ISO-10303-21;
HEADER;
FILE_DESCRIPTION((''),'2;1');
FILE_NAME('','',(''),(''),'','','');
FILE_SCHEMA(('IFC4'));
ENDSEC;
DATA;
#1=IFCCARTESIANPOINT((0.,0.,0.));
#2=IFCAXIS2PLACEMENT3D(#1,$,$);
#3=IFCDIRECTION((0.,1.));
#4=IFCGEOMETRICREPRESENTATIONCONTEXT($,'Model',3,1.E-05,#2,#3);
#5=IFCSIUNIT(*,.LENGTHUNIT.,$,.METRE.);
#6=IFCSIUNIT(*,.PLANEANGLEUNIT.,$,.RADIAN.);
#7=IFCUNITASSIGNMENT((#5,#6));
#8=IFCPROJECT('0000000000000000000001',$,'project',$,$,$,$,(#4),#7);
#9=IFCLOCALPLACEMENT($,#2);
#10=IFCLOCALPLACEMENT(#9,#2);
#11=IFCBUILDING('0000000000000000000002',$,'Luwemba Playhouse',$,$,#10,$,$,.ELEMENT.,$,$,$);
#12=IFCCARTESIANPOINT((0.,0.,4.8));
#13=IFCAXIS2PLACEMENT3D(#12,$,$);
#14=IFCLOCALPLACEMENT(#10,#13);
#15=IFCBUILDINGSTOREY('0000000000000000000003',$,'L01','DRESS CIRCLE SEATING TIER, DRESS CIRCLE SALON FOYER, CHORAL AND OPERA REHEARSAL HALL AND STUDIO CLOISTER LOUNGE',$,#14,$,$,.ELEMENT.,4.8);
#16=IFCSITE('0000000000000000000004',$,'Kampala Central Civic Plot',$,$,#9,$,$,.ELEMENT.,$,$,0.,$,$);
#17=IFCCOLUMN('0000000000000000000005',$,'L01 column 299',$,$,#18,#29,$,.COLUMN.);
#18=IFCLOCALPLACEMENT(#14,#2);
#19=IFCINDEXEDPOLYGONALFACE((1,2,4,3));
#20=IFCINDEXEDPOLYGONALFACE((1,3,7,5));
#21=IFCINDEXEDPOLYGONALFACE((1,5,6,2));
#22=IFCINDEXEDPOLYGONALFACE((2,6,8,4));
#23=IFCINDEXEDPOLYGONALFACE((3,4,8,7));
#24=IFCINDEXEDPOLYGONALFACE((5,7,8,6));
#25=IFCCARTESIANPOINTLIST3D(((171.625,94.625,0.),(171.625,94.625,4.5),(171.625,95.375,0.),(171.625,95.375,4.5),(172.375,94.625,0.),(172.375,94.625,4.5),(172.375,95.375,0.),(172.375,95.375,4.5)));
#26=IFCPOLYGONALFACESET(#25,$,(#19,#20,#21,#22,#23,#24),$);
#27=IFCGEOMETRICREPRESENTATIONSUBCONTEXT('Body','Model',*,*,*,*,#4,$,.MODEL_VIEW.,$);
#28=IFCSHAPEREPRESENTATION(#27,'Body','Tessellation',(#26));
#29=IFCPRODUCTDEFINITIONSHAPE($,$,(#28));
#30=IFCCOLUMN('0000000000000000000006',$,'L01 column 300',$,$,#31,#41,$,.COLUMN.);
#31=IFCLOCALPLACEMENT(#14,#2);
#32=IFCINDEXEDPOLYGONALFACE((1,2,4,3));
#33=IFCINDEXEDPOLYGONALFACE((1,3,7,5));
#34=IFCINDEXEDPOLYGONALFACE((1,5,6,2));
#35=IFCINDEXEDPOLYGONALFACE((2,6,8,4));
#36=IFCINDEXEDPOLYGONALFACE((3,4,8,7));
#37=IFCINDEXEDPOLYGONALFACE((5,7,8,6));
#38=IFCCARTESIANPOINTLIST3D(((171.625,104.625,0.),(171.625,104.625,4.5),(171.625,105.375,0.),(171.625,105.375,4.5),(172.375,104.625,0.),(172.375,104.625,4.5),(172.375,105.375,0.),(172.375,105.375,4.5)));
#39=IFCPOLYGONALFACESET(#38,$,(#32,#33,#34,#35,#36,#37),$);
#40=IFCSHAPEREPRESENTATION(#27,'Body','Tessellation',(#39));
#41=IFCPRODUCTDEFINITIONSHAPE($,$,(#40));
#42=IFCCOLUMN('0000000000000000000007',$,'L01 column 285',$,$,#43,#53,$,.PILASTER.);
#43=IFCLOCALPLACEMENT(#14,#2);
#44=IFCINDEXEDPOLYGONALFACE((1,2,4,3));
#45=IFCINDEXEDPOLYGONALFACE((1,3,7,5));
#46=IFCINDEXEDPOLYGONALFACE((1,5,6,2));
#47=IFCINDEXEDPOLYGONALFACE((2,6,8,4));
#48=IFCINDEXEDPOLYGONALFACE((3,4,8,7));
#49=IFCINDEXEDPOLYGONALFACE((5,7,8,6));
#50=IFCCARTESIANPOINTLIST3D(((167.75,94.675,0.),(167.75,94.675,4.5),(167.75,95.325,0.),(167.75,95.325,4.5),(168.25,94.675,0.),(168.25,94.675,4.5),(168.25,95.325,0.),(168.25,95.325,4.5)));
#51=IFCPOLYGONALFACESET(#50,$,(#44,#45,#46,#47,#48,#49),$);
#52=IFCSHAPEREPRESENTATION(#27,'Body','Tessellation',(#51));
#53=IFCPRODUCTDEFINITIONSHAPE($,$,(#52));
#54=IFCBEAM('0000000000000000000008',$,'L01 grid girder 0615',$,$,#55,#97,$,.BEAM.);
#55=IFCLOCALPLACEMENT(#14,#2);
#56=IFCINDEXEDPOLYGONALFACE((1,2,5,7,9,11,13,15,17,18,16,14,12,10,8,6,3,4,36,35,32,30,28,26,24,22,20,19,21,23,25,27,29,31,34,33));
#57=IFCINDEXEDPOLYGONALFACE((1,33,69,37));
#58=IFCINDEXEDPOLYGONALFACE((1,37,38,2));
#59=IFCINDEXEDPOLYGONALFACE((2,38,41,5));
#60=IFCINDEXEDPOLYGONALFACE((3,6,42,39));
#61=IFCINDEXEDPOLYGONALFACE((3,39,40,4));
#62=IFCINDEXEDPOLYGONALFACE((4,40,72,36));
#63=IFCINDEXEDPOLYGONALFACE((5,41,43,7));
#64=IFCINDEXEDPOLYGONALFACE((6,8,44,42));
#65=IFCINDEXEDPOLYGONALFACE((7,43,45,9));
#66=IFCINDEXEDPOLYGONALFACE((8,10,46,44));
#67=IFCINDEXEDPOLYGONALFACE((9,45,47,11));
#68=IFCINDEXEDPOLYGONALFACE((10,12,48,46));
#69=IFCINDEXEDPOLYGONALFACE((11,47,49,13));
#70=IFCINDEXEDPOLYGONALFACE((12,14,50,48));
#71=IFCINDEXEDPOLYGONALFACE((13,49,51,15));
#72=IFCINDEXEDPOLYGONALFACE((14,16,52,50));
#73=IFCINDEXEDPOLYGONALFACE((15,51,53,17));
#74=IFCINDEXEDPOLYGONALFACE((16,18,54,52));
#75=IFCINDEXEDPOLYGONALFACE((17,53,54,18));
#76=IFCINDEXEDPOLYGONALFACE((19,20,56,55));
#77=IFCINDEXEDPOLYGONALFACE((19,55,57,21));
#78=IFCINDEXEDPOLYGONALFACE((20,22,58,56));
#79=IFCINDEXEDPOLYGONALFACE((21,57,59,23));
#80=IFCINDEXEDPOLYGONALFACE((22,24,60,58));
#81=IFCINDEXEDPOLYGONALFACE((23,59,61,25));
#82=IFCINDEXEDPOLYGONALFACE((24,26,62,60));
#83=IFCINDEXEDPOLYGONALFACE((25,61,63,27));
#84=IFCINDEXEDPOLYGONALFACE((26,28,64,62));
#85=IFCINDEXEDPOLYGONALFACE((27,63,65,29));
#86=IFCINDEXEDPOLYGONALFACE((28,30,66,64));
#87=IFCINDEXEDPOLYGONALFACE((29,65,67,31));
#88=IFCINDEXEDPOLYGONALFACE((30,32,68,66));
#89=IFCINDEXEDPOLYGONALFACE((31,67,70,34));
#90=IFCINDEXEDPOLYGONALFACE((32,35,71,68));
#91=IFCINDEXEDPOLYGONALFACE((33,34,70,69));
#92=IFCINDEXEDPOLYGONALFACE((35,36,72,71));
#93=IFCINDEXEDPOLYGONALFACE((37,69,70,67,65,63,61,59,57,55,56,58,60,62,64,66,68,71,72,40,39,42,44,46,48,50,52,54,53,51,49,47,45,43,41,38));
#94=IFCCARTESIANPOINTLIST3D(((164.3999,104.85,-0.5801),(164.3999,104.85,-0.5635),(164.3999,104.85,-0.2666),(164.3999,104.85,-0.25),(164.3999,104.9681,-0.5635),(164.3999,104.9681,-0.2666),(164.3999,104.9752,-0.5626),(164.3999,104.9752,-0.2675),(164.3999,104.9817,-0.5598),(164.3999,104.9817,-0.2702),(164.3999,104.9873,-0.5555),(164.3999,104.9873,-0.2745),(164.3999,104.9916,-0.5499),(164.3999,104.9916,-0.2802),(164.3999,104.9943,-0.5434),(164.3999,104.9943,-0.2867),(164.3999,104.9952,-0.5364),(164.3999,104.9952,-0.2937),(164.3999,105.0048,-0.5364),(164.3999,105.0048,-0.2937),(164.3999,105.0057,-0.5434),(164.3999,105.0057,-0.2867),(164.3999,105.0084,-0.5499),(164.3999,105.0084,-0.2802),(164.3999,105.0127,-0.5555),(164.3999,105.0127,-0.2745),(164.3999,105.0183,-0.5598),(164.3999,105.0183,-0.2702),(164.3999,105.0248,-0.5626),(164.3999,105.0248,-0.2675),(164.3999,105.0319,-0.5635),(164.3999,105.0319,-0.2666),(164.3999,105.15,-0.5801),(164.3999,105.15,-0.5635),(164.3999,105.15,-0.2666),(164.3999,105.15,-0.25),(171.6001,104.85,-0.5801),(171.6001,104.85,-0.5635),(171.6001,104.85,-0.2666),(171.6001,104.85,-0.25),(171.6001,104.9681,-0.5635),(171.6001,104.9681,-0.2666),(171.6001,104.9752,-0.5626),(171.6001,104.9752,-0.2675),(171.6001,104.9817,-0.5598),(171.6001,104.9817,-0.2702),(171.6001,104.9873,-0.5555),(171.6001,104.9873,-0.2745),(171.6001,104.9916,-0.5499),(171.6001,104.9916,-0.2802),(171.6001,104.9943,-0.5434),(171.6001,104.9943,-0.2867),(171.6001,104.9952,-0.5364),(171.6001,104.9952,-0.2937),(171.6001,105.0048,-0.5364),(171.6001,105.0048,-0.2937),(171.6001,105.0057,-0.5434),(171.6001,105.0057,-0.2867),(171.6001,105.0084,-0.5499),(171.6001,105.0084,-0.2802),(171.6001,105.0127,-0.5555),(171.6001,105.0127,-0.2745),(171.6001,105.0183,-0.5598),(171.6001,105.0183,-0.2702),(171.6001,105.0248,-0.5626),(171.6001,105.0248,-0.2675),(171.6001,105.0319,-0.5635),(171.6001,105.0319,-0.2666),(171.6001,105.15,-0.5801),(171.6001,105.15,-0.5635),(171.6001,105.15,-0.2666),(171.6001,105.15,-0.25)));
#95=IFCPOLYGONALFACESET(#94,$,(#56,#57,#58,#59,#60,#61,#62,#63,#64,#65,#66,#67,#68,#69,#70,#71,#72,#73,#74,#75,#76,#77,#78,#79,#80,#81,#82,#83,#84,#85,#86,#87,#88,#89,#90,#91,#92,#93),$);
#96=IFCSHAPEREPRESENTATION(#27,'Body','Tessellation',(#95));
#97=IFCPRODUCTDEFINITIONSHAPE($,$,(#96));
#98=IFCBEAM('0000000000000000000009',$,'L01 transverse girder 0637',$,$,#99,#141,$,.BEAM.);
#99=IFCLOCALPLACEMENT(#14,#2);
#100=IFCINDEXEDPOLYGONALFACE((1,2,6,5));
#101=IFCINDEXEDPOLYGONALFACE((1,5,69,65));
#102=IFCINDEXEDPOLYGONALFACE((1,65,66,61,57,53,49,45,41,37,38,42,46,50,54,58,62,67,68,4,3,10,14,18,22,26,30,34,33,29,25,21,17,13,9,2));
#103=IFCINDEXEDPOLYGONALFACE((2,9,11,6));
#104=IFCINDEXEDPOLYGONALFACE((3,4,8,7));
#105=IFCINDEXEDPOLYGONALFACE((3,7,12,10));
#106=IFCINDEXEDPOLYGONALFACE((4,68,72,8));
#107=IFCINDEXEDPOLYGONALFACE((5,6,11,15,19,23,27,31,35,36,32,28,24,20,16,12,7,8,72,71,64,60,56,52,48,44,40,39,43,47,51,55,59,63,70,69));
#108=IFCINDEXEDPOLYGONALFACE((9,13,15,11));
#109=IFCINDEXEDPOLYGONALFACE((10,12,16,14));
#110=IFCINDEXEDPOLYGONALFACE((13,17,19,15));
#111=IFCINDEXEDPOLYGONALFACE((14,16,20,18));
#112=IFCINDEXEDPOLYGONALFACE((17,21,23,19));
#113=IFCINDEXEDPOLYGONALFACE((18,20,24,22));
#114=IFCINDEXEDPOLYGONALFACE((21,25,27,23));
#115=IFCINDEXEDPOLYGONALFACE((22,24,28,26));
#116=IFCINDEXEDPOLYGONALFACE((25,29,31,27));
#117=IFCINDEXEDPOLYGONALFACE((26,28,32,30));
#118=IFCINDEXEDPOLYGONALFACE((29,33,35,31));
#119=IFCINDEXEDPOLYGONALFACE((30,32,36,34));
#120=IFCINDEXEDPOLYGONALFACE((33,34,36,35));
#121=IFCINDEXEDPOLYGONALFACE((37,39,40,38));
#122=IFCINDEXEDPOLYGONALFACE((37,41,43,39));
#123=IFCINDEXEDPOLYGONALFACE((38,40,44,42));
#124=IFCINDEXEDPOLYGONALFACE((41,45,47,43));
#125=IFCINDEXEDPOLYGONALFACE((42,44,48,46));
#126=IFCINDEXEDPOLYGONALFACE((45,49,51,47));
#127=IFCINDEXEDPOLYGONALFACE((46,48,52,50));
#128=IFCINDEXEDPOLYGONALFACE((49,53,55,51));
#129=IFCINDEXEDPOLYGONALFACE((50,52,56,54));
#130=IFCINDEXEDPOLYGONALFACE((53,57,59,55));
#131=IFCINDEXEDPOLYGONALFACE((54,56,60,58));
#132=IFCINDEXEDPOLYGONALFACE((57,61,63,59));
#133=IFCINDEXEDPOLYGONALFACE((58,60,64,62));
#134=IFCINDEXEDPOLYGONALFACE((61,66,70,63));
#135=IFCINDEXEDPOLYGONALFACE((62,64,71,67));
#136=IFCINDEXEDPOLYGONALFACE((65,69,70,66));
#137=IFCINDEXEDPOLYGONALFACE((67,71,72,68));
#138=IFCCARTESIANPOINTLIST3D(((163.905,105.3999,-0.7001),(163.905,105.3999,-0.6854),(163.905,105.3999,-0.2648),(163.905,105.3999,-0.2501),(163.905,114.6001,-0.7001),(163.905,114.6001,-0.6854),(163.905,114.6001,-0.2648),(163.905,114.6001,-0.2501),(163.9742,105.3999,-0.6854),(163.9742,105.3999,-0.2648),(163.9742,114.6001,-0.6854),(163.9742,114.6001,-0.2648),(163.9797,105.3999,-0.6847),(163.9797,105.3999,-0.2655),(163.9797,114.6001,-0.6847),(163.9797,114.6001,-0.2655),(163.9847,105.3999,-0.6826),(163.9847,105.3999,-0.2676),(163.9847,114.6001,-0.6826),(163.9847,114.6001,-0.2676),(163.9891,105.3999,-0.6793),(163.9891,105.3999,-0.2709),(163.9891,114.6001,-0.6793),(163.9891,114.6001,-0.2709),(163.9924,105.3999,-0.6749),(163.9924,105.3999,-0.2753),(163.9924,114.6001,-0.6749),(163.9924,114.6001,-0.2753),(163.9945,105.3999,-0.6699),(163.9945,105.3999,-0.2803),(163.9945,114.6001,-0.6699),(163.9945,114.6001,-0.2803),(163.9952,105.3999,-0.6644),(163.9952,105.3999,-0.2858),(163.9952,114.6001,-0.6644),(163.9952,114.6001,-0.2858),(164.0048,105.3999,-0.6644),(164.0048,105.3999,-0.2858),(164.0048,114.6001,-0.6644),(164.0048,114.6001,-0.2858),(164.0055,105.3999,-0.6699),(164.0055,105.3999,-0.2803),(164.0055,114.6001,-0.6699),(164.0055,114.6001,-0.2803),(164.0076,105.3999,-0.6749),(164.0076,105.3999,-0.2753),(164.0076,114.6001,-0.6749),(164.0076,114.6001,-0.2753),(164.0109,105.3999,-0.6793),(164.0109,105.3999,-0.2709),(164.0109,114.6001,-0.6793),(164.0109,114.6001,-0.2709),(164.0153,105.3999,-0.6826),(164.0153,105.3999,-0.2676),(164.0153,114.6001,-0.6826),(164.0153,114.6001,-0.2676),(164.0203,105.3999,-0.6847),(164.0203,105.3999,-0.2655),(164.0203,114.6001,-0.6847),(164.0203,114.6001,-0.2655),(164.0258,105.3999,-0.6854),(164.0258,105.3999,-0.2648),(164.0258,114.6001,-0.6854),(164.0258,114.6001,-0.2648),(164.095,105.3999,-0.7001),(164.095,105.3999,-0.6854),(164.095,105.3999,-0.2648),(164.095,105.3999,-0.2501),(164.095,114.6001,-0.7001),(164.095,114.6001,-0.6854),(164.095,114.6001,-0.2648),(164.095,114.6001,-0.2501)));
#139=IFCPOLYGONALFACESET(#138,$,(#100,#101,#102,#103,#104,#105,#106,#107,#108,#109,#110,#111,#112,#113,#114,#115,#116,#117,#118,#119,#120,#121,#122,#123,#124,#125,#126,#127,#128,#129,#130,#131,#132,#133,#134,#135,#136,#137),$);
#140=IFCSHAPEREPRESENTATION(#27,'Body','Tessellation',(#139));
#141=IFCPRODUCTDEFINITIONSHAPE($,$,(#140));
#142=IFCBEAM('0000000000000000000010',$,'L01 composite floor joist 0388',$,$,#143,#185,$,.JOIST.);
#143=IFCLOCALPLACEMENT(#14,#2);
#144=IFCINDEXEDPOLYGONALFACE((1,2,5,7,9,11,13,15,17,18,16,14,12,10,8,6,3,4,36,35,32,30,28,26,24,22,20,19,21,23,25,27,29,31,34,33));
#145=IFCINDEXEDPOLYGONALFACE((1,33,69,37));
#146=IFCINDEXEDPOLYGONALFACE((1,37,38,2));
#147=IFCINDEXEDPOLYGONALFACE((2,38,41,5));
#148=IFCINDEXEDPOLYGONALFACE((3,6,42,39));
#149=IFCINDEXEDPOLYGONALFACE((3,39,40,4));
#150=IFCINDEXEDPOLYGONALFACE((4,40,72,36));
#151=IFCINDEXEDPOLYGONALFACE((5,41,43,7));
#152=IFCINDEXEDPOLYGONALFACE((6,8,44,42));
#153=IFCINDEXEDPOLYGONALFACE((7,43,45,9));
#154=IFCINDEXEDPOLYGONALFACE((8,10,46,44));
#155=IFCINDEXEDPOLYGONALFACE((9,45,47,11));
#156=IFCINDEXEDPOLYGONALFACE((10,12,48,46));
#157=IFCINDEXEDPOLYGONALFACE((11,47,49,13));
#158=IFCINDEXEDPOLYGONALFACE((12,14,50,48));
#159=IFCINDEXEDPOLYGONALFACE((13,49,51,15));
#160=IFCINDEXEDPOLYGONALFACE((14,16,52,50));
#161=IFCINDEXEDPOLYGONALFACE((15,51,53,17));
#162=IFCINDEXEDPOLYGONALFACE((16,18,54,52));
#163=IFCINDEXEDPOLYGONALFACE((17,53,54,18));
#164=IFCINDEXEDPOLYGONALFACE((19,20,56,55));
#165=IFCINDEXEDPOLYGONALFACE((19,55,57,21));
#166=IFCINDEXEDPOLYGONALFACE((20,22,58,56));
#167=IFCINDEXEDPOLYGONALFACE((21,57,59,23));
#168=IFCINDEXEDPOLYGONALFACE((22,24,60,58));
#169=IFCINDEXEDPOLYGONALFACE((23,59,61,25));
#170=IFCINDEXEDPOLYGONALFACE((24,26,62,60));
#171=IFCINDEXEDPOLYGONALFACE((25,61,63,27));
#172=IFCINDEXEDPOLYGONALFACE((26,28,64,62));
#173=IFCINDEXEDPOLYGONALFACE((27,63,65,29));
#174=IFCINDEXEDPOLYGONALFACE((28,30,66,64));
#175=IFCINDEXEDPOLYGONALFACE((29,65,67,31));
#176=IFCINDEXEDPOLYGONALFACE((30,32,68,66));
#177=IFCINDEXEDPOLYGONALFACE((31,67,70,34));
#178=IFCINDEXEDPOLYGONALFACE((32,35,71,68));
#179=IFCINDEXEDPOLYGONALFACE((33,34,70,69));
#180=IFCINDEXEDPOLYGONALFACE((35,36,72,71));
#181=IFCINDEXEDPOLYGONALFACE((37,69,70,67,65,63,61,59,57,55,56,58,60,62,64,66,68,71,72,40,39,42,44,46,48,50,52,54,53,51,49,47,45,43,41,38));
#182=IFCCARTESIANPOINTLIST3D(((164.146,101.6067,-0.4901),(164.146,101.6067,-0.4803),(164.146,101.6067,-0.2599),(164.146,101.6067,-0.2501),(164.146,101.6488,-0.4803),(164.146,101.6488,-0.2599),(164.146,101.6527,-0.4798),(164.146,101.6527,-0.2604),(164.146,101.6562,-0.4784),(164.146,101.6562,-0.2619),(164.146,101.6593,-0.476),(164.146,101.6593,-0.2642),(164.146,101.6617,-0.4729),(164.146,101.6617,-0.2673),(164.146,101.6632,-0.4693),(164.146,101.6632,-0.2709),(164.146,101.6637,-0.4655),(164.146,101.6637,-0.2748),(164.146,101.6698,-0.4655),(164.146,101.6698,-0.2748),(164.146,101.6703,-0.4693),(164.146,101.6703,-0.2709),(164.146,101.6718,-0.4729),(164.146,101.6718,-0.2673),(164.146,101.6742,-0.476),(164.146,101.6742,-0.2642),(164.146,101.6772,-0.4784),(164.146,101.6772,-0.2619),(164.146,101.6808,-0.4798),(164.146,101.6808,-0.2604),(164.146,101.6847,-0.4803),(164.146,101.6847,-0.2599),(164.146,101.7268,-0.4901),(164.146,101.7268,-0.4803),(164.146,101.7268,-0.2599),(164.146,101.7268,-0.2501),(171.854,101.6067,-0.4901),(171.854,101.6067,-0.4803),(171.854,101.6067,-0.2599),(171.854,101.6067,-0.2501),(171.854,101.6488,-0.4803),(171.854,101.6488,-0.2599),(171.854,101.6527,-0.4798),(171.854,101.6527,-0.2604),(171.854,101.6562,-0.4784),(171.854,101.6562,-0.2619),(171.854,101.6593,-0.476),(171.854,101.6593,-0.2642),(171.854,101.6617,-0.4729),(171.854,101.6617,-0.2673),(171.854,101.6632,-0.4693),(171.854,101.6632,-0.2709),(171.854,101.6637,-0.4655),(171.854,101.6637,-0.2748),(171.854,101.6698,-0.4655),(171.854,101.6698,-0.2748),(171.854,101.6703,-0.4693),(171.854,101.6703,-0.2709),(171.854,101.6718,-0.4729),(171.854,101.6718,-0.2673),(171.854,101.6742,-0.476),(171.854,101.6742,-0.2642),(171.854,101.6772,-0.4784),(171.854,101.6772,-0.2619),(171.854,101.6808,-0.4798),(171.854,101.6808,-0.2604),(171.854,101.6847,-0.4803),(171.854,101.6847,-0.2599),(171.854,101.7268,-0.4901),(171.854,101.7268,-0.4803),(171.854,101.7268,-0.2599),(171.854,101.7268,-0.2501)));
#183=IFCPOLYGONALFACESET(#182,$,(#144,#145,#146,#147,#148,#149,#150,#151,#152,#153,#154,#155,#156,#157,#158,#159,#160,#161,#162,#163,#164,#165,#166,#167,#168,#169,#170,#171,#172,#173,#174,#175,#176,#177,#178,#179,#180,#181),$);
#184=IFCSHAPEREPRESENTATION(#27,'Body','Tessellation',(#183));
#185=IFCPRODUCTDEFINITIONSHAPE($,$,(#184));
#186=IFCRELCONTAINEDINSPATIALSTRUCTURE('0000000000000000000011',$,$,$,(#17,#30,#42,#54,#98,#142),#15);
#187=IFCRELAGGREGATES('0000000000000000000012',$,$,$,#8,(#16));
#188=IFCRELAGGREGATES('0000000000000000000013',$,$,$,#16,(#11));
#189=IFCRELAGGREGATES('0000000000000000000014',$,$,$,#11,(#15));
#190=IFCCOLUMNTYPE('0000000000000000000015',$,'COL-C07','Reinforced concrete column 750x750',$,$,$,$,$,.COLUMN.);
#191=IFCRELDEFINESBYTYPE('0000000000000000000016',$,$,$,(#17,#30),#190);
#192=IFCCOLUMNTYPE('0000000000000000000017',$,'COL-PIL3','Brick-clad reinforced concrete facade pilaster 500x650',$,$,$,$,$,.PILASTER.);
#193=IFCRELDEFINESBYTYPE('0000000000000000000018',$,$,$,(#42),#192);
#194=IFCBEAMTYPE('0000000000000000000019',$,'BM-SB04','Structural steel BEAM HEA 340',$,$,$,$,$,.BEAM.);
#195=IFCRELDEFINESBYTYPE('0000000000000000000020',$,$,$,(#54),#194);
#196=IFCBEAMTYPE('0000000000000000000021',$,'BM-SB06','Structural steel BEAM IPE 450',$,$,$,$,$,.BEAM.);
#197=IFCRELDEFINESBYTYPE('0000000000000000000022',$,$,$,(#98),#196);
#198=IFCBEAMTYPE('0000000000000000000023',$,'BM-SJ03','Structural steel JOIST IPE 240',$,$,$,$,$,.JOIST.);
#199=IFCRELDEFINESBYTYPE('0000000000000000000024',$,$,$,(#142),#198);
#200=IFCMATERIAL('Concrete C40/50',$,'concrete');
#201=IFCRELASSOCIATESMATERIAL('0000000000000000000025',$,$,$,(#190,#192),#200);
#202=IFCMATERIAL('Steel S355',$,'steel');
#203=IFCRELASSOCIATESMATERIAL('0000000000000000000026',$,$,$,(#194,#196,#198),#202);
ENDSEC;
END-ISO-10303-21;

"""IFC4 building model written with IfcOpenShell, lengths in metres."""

from ifc_helpers import new_model, si_unit, direction, frame, origin, origin_2d, place, context, subcontext, project, spatial, rectangle, i_section, extrude, material, material_profile, profile_set, type_object, element, save


model = new_model("IFC4")

# Units and contexts
model_context = context("Model", 3, precision=1e-05, world=origin(), true_north=direction((0.0, 1.0)))
body_context = subcontext(model_context, "Body", "Model", "MODEL_VIEW")
ifc_project = project(units=[si_unit("LENGTHUNIT", "METRE"), si_unit("PLANEANGLEUNIT", "RADIAN")], contexts=[model_context])

# Site, building, storey
site_placement = place(None, origin())
site = spatial("IfcSite", under=ifc_project, at=site_placement, Name="Kampala Central Civic Plot", CompositionType="ELEMENT", RefElevation=0.0)
building_placement = place(site_placement, origin())
building = spatial("IfcBuilding", under=site, at=building_placement, Name="Luwemba Playhouse", CompositionType="ELEMENT")
storey_placement = place(building_placement, frame((0.0, 0.0, 4.8)))
storey = spatial("IfcBuildingStorey", under=building, at=storey_placement, Name="L01", Description="DRESS CIRCLE SEATING TIER, DRESS CIRCLE SALON FOYER, CHORAL AND OPERA REHEARSAL HALL AND STUDIO CLOISTER LOUNGE", CompositionType="ELEMENT", Elevation=4.8)

# Columns
ifc_material_1 = material(Name="Concrete C40/50", Category="concrete")
ifc_material_profile_1 = material_profile(ifc_material_1, rectangle(XDim=0.75, YDim=0.75, at=origin_2d()))
ifc_profile_set_1 = profile_set([ifc_material_profile_1], Name="Concrete C40/50")
column_type_1 = type_object("IfcColumnType", Name="COL-C07", Description="Reinforced concrete column 750x750", PredefinedType="COLUMN", material=ifc_profile_set_1)
for number, where, z_axis, x_axis, name in (
    (1, (172.0, 95.0, 0.0), (0.0, 0.0, 1.0), (1.0, 0.0, 0.0), "L01 column 299"),
    (2, (172.0, 105.0, 0.0), (0.0, 0.0, 1.0), (1.0, 0.0, 0.0), "L01 column 300"),
):
    element("IfcColumn", number, at=place(storey_placement, frame(where, z_axis=z_axis, x_axis=x_axis)), inside=storey, type_object=column_type_1, Name=name, PredefinedType="COLUMN", context=body_context, shape_type="SweptSolid", body=[
        extrude(rectangle(XDim=0.75, YDim=0.75, at=origin_2d()), origin(), (0.0, 0.0, 1.0), 4.5),
    ])
ifc_material_profile_2 = material_profile(ifc_material_1, rectangle(XDim=0.5, YDim=0.6499, at=origin_2d()))
ifc_profile_set_2 = profile_set([ifc_material_profile_2], Name="Concrete C40/50")
column_type_2 = type_object("IfcColumnType", Name="COL-PIL3", Description="Brick-clad reinforced concrete facade pilaster 500x650", PredefinedType="PILASTER", material=ifc_profile_set_2)
column_placement = place(storey_placement, frame((168.0, 95.0, 0.0), z_axis=(0.0, 0.0, 1.0), x_axis=(1.0, 0.0, 0.0)))
element("IfcColumn", 3, at=column_placement, inside=storey, type_object=column_type_2, Name="L01 column 285", PredefinedType="PILASTER", context=body_context, shape_type="SweptSolid", body=[
    extrude(rectangle(XDim=0.5, YDim=0.6499, at=origin_2d()), origin(), (0.0, 0.0, 1.0), 4.5),
])

# Beams
ifc_material_2 = material(Name="Steel S355", Category="steel")
ifc_material_profile_3 = material_profile(ifc_material_2, i_section(OverallWidth=0.3, OverallDepth=0.3301, WebThickness=0.0095, FlangeThickness=0.0166, FilletRadius=0.0271, at=origin_2d()))
ifc_profile_set_3 = profile_set([ifc_material_profile_3], Name="Steel S355")
beam_type_1 = type_object("IfcBeamType", Name="BM-SB04", Description="Structural steel BEAM HEA 340", PredefinedType="BEAM", material=ifc_profile_set_3)
beam_1_placement = place(storey_placement, frame((164.3999, 105.0, -0.415), z_axis=(1.0, 0.0, 0.0), x_axis=(0.0, 1.0, 0.0)))
element("IfcBeam", 4, at=beam_1_placement, inside=storey, type_object=beam_type_1, Name="L01 grid girder 0615", PredefinedType="BEAM", context=body_context, shape_type="SweptSolid", body=[
    extrude(i_section(OverallWidth=0.3, OverallDepth=0.3301, WebThickness=0.0095, FlangeThickness=0.0166, FilletRadius=0.0271, at=origin_2d()), origin(), (0.0, 0.0, 1.0), 7.2002),
])
ifc_material_profile_4 = material_profile(ifc_material_2, i_section(OverallWidth=0.1899, OverallDepth=0.45, WebThickness=0.0095, FlangeThickness=0.0146, FilletRadius=0.021, at=origin_2d()))
ifc_profile_set_4 = profile_set([ifc_material_profile_4], Name="Steel S355")
beam_type_2 = type_object("IfcBeamType", Name="BM-SB06", Description="Structural steel BEAM IPE 450", PredefinedType="BEAM", material=ifc_profile_set_4)
beam_2_placement = place(storey_placement, frame((164.0, 105.3999, -0.4751), z_axis=(0.0, 1.0, 0.0), x_axis=(-1.0, 0.0, 0.0)))
element("IfcBeam", 5, at=beam_2_placement, inside=storey, type_object=beam_type_2, Name="L01 transverse girder 0637", PredefinedType="BEAM", context=body_context, shape_type="SweptSolid", body=[
    extrude(i_section(OverallWidth=0.1899, OverallDepth=0.45, WebThickness=0.0095, FlangeThickness=0.0146, FilletRadius=0.021, at=origin_2d()), origin(), (0.0, 0.0, 1.0), 9.2002),
])
ifc_material_profile_5 = material_profile(ifc_material_2, i_section(OverallWidth=0.1201, OverallDepth=0.24, WebThickness=0.0061, FlangeThickness=0.0098, FilletRadius=0.0149, at=origin_2d()))
ifc_profile_set_5 = profile_set([ifc_material_profile_5], Name="Steel S355")
beam_type_3 = type_object("IfcBeamType", Name="BM-SJ03", Description="Structural steel JOIST IPE 240", PredefinedType="JOIST", material=ifc_profile_set_5)
beam_3_placement = place(storey_placement, frame((164.146, 101.6667, -0.3701), z_axis=(1.0, 0.0, 0.0), x_axis=(0.0, 1.0, 0.0)))
element("IfcBeam", 6, at=beam_3_placement, inside=storey, type_object=beam_type_3, Name="L01 composite floor joist 0388", PredefinedType="JOIST", context=body_context, shape_type="SweptSolid", body=[
    extrude(i_section(OverallWidth=0.1201, OverallDepth=0.24, WebThickness=0.0061, FlangeThickness=0.0098, FilletRadius=0.0149, at=origin_2d()), origin(), (0.0, 0.0, 1.0), 7.708),
])

save(model, "model.ifc")
